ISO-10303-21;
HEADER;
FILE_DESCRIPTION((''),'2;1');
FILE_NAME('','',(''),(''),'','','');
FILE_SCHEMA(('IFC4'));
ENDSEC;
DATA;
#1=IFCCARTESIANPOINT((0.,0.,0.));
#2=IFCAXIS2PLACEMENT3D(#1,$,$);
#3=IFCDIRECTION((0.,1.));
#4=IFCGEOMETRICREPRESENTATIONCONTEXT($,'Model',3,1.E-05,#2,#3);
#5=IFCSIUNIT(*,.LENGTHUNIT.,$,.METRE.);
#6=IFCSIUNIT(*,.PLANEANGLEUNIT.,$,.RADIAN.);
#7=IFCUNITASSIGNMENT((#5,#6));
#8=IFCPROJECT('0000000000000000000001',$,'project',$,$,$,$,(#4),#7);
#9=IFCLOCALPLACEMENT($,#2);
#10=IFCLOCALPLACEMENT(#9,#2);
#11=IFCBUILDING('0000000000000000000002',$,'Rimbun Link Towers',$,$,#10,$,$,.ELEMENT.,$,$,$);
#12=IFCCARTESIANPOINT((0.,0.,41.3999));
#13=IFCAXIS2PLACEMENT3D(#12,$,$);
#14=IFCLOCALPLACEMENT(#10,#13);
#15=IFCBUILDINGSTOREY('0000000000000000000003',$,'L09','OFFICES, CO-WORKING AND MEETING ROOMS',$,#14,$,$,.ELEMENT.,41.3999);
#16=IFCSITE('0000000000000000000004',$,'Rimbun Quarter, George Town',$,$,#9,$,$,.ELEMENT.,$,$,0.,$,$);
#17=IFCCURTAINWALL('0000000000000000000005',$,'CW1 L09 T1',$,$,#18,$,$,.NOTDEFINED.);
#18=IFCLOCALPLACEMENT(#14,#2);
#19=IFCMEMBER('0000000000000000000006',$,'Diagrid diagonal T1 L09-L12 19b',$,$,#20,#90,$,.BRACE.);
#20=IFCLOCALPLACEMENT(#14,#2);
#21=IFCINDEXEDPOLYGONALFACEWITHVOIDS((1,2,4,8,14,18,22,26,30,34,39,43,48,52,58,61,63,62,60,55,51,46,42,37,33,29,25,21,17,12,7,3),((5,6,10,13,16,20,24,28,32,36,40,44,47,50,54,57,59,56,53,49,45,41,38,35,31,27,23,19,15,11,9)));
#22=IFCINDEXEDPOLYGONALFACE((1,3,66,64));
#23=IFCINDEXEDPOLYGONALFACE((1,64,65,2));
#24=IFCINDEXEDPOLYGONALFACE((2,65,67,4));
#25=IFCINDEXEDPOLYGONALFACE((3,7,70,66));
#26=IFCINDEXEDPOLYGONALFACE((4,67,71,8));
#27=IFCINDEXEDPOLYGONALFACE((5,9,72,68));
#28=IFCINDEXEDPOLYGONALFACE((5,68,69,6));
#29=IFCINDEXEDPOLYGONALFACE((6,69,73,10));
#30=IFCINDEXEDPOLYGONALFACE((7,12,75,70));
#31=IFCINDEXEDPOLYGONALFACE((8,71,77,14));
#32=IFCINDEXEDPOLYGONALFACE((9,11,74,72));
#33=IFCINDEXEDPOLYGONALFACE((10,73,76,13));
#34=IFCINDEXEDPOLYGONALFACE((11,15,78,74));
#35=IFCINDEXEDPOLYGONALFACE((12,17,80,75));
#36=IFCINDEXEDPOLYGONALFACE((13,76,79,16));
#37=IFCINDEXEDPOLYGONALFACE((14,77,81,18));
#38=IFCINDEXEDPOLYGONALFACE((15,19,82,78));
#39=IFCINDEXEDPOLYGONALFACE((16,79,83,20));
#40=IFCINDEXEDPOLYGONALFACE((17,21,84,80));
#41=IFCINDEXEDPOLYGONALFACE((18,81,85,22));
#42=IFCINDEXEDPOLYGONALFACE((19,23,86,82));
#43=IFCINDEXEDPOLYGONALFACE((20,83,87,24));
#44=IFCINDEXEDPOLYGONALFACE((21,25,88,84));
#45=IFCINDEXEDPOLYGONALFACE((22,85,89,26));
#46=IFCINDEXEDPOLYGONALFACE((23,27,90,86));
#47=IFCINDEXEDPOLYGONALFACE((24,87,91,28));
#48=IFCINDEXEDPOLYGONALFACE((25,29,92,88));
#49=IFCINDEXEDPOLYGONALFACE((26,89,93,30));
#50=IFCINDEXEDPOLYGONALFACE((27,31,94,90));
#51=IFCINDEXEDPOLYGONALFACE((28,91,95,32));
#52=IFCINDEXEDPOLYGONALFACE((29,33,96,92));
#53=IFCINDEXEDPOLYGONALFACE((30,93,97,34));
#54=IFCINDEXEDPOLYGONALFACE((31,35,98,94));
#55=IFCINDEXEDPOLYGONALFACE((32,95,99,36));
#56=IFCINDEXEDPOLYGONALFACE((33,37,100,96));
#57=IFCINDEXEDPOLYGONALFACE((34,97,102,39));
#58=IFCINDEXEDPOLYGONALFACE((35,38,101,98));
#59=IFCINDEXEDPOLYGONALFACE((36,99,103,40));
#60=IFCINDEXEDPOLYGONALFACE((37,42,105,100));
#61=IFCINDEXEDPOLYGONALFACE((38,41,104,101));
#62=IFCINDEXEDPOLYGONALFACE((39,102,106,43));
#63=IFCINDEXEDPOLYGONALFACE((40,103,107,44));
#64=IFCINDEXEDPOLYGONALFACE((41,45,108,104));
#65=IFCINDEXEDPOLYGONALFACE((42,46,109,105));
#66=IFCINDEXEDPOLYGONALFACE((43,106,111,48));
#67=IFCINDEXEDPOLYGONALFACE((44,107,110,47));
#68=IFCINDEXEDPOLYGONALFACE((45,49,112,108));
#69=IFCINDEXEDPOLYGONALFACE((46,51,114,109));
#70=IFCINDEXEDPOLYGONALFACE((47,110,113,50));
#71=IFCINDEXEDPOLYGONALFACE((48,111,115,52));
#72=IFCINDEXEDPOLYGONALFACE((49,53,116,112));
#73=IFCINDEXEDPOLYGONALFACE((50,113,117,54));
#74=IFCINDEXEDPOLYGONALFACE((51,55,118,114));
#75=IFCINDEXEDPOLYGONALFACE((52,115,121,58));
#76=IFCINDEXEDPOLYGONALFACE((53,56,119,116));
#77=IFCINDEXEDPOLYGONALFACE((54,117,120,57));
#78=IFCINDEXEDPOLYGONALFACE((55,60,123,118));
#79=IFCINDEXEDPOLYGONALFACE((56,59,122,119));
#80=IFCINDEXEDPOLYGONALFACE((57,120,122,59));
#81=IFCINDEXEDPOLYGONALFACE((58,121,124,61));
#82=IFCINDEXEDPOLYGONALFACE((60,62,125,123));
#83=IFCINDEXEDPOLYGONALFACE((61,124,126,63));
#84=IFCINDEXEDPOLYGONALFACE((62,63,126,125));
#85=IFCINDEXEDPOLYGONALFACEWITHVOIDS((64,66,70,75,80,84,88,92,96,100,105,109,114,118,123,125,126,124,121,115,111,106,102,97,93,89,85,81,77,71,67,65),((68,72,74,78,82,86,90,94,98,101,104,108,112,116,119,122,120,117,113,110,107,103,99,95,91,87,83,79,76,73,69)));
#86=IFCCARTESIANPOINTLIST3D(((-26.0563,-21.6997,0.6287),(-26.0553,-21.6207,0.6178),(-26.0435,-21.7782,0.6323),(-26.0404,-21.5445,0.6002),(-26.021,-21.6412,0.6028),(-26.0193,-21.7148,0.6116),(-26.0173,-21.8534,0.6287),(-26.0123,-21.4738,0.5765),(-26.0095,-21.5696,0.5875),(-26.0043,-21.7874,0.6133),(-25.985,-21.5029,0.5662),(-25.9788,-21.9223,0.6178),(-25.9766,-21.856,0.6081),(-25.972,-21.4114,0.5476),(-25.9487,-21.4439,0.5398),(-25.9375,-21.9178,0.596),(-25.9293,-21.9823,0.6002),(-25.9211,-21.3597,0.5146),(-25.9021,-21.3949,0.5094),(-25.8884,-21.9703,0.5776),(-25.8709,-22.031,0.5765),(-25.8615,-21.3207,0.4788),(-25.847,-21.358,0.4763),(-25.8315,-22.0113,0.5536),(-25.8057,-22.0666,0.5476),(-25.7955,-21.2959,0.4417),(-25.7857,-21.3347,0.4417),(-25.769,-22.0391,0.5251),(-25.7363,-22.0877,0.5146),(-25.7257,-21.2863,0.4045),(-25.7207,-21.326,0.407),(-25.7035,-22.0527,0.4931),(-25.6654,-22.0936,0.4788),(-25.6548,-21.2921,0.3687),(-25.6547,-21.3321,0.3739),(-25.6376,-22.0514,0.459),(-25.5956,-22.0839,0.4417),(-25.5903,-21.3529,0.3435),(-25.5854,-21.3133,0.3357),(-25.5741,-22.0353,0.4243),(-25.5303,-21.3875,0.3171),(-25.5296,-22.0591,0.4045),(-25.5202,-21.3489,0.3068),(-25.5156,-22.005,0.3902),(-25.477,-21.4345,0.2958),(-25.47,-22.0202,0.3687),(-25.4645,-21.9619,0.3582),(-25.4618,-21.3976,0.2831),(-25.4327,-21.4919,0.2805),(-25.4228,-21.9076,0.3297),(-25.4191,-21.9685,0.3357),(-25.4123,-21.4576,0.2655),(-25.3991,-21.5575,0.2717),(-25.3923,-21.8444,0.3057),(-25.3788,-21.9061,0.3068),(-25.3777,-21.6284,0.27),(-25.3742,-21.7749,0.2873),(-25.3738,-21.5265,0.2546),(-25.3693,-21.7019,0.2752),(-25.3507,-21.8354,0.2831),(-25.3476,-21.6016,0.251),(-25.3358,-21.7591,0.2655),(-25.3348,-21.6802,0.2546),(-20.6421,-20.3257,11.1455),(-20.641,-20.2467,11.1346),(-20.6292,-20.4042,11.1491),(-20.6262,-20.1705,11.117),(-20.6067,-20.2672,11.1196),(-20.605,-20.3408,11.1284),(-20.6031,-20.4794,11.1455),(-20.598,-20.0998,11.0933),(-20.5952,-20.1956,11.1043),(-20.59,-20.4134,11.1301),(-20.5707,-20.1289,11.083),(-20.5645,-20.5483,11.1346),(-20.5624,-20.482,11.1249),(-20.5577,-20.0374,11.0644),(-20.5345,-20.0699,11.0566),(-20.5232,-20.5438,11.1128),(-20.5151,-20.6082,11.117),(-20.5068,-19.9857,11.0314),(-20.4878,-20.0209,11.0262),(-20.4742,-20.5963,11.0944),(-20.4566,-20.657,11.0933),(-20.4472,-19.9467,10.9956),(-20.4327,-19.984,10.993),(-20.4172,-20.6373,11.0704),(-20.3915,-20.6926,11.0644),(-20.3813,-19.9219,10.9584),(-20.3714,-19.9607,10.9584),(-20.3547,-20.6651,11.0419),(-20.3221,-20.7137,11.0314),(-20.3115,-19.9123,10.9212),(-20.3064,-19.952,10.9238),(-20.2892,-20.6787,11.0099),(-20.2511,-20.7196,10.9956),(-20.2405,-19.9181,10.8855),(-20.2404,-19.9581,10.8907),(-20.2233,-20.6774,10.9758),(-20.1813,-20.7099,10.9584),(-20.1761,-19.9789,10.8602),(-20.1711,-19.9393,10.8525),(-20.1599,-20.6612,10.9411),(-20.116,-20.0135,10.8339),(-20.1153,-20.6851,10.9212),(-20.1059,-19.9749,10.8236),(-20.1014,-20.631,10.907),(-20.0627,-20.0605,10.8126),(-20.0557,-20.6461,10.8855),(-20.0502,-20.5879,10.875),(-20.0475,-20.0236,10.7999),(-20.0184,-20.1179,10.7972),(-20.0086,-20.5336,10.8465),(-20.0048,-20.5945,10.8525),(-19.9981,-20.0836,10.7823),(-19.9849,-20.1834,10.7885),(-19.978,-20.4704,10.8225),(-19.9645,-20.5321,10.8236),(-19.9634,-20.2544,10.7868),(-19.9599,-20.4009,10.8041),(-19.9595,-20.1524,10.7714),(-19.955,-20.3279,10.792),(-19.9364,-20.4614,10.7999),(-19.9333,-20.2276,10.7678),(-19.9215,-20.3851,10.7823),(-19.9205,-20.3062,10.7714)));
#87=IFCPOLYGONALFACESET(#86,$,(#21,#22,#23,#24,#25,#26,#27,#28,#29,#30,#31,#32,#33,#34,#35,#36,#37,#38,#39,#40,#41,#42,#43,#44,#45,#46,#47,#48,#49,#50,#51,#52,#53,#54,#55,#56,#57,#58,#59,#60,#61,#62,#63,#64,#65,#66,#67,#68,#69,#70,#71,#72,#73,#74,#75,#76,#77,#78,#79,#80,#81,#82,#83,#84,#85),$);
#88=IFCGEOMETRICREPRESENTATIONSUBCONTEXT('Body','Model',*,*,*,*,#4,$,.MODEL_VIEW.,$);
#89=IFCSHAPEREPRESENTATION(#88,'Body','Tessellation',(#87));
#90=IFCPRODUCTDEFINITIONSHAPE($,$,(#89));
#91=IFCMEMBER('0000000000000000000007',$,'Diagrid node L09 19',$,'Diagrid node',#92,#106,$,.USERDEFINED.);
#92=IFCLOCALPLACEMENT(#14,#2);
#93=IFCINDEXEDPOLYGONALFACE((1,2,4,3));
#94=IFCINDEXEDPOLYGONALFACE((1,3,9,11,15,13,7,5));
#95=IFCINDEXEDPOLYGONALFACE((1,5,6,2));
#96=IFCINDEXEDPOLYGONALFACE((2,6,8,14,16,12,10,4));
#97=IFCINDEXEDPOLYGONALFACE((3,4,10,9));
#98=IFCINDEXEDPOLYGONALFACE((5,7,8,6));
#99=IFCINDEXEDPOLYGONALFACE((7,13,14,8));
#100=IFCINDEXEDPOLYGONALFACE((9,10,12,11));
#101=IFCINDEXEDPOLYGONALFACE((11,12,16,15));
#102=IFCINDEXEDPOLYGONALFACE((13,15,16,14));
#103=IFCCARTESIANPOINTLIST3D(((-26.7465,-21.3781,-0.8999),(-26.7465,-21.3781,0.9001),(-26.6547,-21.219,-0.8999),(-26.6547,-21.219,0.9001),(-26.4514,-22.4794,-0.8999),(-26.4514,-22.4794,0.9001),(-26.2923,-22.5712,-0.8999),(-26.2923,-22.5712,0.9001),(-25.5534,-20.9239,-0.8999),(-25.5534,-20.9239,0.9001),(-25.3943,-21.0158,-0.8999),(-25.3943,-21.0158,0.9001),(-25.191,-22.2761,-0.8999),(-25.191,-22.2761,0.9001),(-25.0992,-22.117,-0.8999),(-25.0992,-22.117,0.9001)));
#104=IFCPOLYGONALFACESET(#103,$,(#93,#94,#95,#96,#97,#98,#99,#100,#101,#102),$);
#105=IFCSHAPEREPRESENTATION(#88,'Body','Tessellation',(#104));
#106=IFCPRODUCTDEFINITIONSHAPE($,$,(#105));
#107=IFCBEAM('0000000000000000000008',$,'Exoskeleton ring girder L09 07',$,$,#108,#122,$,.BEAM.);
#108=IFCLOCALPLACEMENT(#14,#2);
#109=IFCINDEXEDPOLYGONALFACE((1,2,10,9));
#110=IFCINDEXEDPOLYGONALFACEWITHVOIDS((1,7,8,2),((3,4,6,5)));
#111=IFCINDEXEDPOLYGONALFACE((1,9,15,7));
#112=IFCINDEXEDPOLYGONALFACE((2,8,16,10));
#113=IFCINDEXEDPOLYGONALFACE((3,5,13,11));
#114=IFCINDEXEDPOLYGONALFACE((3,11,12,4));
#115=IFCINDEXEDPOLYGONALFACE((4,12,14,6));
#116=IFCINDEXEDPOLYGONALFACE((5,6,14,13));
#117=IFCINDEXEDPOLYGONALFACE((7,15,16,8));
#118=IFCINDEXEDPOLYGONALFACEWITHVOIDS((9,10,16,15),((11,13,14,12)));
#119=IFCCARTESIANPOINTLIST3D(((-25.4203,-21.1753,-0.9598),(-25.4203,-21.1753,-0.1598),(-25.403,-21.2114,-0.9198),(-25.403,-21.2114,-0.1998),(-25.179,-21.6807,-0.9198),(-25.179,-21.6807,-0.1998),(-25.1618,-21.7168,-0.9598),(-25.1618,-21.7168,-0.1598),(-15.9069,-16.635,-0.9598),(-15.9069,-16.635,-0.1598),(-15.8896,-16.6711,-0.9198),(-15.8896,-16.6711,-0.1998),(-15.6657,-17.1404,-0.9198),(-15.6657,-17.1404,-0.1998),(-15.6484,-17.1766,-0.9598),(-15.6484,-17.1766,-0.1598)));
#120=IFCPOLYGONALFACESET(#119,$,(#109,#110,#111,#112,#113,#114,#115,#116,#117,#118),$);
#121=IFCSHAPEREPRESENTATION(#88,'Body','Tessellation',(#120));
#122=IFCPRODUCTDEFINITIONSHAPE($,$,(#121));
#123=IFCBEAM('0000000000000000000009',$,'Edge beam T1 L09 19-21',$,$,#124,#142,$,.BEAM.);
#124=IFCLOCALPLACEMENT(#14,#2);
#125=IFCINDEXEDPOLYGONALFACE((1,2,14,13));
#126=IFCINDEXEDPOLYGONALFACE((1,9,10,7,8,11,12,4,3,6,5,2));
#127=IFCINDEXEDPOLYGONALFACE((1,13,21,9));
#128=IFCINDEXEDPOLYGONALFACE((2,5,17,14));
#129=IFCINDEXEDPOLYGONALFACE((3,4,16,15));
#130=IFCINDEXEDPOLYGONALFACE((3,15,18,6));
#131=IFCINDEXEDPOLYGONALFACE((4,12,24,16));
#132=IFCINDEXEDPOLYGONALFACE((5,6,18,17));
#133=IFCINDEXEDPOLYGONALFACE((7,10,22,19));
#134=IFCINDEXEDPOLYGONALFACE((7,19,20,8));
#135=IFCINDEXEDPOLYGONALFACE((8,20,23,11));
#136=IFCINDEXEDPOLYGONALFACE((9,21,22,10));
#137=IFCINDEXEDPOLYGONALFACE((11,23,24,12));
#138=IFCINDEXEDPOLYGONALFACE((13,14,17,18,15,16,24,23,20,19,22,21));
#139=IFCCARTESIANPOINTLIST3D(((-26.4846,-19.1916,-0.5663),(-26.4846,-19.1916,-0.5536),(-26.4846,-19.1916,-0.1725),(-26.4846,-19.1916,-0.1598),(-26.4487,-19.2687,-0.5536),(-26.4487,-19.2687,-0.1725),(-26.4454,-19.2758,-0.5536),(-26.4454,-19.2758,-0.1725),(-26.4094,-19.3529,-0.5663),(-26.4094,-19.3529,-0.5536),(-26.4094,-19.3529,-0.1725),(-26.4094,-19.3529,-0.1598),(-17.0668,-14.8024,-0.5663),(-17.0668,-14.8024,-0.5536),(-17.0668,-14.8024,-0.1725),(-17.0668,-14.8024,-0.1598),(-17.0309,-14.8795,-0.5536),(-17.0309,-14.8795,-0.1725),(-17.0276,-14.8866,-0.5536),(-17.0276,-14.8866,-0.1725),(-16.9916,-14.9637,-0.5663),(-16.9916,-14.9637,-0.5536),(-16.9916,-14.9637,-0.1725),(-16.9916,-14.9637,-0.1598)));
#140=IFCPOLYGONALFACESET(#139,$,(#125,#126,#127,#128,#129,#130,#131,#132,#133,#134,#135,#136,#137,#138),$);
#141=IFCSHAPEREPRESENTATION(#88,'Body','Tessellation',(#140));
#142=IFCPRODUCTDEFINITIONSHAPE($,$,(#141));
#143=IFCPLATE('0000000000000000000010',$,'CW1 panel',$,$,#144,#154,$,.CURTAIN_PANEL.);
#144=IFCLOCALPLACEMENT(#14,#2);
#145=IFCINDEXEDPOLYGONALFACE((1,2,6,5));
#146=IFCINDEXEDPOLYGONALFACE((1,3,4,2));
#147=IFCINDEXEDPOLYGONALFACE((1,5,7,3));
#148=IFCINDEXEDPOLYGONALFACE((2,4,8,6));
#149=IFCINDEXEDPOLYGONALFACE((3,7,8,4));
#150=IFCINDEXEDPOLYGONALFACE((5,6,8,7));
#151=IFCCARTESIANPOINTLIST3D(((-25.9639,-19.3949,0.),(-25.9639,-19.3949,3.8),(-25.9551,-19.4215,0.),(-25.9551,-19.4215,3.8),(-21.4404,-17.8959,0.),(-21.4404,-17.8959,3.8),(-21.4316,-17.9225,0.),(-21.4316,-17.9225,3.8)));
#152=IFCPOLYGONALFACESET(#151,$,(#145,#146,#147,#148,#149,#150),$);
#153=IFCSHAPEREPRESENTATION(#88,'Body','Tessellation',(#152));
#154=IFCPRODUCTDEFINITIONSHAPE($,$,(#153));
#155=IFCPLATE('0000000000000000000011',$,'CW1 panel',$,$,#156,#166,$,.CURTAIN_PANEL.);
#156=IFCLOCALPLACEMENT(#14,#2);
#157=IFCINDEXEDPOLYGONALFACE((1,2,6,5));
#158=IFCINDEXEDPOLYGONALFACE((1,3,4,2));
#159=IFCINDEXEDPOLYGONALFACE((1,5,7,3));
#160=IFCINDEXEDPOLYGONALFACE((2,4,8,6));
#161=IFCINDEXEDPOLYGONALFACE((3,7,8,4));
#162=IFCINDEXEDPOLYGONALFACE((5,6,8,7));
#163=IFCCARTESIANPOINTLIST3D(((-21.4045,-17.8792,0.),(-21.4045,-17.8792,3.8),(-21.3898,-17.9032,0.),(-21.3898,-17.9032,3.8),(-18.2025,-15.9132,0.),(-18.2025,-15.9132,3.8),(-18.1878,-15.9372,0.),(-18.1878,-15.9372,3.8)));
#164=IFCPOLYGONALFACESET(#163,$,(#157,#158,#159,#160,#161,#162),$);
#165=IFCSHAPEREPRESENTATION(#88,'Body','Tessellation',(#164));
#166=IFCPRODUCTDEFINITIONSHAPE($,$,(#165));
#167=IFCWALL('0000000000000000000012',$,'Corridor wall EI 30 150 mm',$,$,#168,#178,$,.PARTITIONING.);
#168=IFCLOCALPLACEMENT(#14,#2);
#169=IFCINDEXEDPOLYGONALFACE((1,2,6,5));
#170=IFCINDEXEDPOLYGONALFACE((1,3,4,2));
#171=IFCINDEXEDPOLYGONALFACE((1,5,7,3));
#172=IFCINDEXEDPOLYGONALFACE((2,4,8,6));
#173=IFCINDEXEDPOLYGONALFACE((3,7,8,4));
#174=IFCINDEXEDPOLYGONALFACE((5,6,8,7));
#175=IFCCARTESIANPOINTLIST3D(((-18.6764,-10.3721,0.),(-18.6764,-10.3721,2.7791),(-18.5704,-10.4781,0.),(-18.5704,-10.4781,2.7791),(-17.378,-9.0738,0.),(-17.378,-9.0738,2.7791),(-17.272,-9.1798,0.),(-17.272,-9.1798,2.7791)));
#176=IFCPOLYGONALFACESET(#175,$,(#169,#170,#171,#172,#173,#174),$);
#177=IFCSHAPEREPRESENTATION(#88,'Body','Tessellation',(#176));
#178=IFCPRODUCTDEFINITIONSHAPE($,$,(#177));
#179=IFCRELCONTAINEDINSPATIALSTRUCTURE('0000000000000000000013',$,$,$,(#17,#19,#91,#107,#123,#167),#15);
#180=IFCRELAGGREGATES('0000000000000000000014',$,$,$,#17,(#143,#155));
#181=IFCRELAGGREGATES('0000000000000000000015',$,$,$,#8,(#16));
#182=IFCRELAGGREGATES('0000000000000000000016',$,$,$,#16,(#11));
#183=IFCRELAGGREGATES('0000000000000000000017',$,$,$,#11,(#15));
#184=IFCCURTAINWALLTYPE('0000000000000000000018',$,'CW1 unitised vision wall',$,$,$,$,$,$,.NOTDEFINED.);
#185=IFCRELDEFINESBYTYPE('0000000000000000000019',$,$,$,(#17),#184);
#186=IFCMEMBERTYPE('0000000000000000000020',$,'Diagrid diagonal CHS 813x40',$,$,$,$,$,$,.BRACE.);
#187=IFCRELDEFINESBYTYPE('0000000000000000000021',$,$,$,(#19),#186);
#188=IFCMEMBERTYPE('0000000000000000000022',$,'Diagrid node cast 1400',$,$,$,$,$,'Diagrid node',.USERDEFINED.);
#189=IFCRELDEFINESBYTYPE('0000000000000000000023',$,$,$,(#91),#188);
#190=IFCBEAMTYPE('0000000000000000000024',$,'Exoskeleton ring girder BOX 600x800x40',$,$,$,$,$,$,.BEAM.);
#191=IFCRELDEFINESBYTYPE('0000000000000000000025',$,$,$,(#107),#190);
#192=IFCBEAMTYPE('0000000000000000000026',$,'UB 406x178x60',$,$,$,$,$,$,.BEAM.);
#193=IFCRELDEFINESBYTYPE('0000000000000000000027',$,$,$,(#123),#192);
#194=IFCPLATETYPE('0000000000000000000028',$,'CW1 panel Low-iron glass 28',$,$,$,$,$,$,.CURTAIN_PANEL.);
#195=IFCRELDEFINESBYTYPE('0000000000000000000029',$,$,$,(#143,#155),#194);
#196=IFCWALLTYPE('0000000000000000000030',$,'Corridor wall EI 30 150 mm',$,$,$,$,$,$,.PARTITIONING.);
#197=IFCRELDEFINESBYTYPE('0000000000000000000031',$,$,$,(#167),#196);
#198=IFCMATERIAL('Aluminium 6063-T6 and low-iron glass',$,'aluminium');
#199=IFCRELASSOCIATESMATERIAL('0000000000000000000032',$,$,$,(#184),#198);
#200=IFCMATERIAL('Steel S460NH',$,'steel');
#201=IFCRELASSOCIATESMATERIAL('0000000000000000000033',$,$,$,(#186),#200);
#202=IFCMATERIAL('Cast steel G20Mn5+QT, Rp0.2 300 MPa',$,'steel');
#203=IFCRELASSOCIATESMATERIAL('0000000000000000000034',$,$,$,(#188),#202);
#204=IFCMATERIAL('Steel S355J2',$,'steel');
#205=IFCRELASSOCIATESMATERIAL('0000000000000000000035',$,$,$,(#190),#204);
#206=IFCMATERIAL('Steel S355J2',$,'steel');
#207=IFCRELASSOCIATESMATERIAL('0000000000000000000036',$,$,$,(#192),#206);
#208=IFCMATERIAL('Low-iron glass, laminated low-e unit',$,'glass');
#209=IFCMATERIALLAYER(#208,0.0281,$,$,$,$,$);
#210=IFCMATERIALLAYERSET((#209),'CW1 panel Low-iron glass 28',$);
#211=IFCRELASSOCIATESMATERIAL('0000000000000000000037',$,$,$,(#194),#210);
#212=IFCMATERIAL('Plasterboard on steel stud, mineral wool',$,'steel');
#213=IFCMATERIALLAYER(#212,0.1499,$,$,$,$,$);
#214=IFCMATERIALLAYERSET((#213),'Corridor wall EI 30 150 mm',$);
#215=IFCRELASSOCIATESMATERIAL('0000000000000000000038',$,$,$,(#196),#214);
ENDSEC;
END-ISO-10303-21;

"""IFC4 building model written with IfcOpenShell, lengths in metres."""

from ifc_helpers import new_model, si_unit, direction, frame, frame_2d, origin, origin_2d, place, context, subcontext, project, spatial, polyline, rectangle, hollow_rectangle, hollow_circle, i_section, outline, extrude, material, layer, layer_set, material_profile, profile_set, type_object, element, aggregate, save


model = new_model("IFC4")

# Units and contexts
model_context = context("Model", 3, precision=1e-05, world=origin(), true_north=direction((0.0, 1.0)))
body_context = subcontext(model_context, "Body", "Model", "MODEL_VIEW")
ifc_project = project(units=[si_unit("LENGTHUNIT", "METRE"), si_unit("PLANEANGLEUNIT", "RADIAN")], contexts=[model_context])

# Site, building, storey
site_placement = place(None, origin())
site = spatial("IfcSite", under=ifc_project, at=site_placement, Name="Rimbun Quarter, George Town", CompositionType="ELEMENT", RefElevation=0.0)
building_placement = place(site_placement, origin())
building = spatial("IfcBuilding", under=site, at=building_placement, Name="Rimbun Link Towers", CompositionType="ELEMENT")
storey_placement = place(building_placement, frame((0.0, 0.0, 41.3999)))
storey = spatial("IfcBuildingStorey", under=building, at=storey_placement, Name="L09", Description="OFFICES, CO-WORKING AND MEETING ROOMS", CompositionType="ELEMENT", Elevation=41.3999)

# Curtain wall
ifc_material_1 = material(Name="Aluminium 6063-T6 and low-iron glass", Category="aluminium")
curtain_wall_type = type_object("IfcCurtainWallType", Name="CW1 unitised vision wall", PredefinedType="NOTDEFINED", material=ifc_material_1)
curtain_wall_placement = place(storey_placement, origin())
curtain_wall = element("IfcCurtainWall", 1, at=curtain_wall_placement, inside=storey, type_object=curtain_wall_type, Name="CW1 L09 T1", PredefinedType="NOTDEFINED")

# Members
ifc_material_2 = material(Name="Steel S460NH", Category="steel")
ifc_material_profile_1 = material_profile(ifc_material_2, hollow_circle(Radius=0.4065, WallThickness=0.04, at=origin_2d()), Name="Diagrid diagonal CHS 813x40")
ifc_profile_set_1 = profile_set([ifc_material_profile_1], Name="Steel S460NH")
member_type_1 = type_object("IfcMemberType", Name="Diagrid diagonal CHS 813x40", PredefinedType="BRACE", material=ifc_profile_set_1)
member_1_placement = place(storey_placement, frame((-25.6956, -21.6899, 0.4417), z_axis=(0.454668, 0.115384, 0.883155), x_axis=(-0.245979, 0.969275, 0.0)))
element("IfcMember", 2, at=member_1_placement, inside=storey, type_object=member_type_1, Name="Diagrid diagonal T1 L09-L12 19b", PredefinedType="BRACE", context=body_context, shape_type="SweptSolid", body=[
    extrude(hollow_circle(Radius=0.4065, WallThickness=0.04, at=origin_2d()), origin(), (0.0, 0.0, 1.0), 11.9082),
])
ifc_material_3 = material(Name="Cast steel G20Mn5+QT, Rp0.2 300 MPa", Category="steel")
ifc_material_profile_2 = material_profile(ifc_material_3, outline(polyline([(0.7, -0.5701), (0.7, 0.5701), (0.5701, 0.7), (-0.5701, 0.7), (-0.7, 0.5701), (-0.7, -0.5701), (-0.5701, -0.7), (0.5701, -0.7), (0.7, -0.5701)])), Name="NODE 1400x1400")
ifc_profile_set_2 = profile_set([ifc_material_profile_2], Name="Cast steel G20Mn5+QT, Rp0.2 300 MPa")
member_type_2 = type_object("IfcMemberType", Name="Diagrid node cast 1400", ElementType="Diagrid node", PredefinedType="USERDEFINED", material=ifc_profile_set_2)
member_2_placement = place(storey_placement, frame((-25.9229, -21.7476, -0.8999), z_axis=(0.0, 0.0, 1.0), x_axis=(0.258819, -0.965926, 0.0)))
element("IfcMember", 3, at=member_2_placement, inside=storey, type_object=member_type_2, Name="Diagrid node L09 19", ObjectType="Diagrid node", PredefinedType="USERDEFINED", context=body_context, shape_type="SweptSolid", body=[
    extrude(outline(polyline([(0.7, -0.5701), (0.7, 0.5701), (0.5701, 0.7), (-0.5701, 0.7), (-0.7, 0.5701), (-0.7, -0.5701), (-0.5701, -0.7), (0.5701, -0.7), (0.7, -0.5701)])), origin(), (0.0, 0.0, 1.0), 1.8),
])

# Beams
ifc_material_4 = material(Name="Steel S355J2", Category="steel")
ifc_material_profile_3 = material_profile(ifc_material_4, hollow_rectangle(XDim=0.6001, YDim=0.8, WallThickness=0.04, at=origin_2d()), Name="Exoskeleton ring girder BOX 600x800x40")
ifc_profile_set_3 = profile_set([ifc_material_profile_3], Name="Steel S355J2")
beam_type_1 = type_object("IfcBeamType", Name="Exoskeleton ring girder BOX 600x800x40", PredefinedType="BEAM", material=ifc_profile_set_3)
beam_1_placement = place(storey_placement, frame((-25.291, -21.446, -0.5598), z_axis=(0.902489, 0.430713, 0.0), x_axis=(-0.430713, 0.902489, 0.0)))
element("IfcBeam", 4, at=beam_1_placement, inside=storey, type_object=beam_type_1, Name="Exoskeleton ring girder L09 07", PredefinedType="BEAM", context=body_context, shape_type="SweptSolid", body=[
    extrude(hollow_rectangle(XDim=0.6001, YDim=0.8, WallThickness=0.04, at=origin_2d()), origin(), (0.0, 0.0, 1.0), 10.5413),
])
ifc_material_5 = material(Name="Steel S355J2", Category="steel")
ifc_material_profile_4 = material_profile(ifc_material_5, i_section(OverallWidth=0.178, OverallDepth=0.4065, WebThickness=0.0078, FlangeThickness=0.0127, at=origin_2d()), Name="UB 406x178x60")
ifc_profile_set_4 = profile_set([ifc_material_profile_4], Name="Steel S355J2")
beam_type_2 = type_object("IfcBeamType", Name="UB 406x178x60", PredefinedType="BEAM", material=ifc_profile_set_4)
beam_2_placement = place(storey_placement, frame((-26.447, -19.2722, -0.363), z_axis=(0.906396, 0.422429, 0.0), x_axis=(-0.422429, 0.906396, 0.0)))
element("IfcBeam", 5, at=beam_2_placement, inside=storey, type_object=beam_type_2, Name="Edge beam T1 L09 19-21", PredefinedType="BEAM", context=body_context, shape_type="SweptSolid", body=[
    extrude(i_section(OverallWidth=0.178, OverallDepth=0.4065, WebThickness=0.0078, FlangeThickness=0.0127, at=origin_2d()), origin(), (0.0, 0.0, 1.0), 10.3904),
])

# Plates
ifc_material_6 = material(Name="Low-iron glass, laminated low-e unit", Category="glass")
ifc_layer_1 = layer(ifc_material_6, 0.0281)
ifc_layer_set_1 = layer_set([ifc_layer_1], Name="CW1 panel Low-iron glass 28")
plate_type = type_object("IfcPlateType", Name="CW1 panel Low-iron glass 28", PredefinedType="CURTAIN_PANEL", material=ifc_layer_set_1)
plate_1_placement = place(storey_placement, frame((-23.6978, -18.6587, 0.0), z_axis=(0.0, 0.0, 1.0), x_axis=(-0.949238, -0.314558, 0.0)))
plate_1 = element("IfcPlate", 6, at=plate_1_placement, type_object=plate_type, Name="CW1 panel", PredefinedType="CURTAIN_PANEL", context=body_context, shape_type="SweptSolid", body=[
    extrude(rectangle(XDim=4.7654, YDim=0.0281, at=origin_2d()), origin(), (0.0, 0.0, 1.0), 3.8),
])
plate_2_placement = place(storey_placement, frame((-19.7961, -16.9082, 0.0), z_axis=(0.0, 0.0, 1.0), x_axis=(-0.852185, -0.523241, 0.0)))
plate_2 = element("IfcPlate", 7, at=plate_2_placement, type_object=plate_type, Name="CW1 panel", PredefinedType="CURTAIN_PANEL", context=body_context, shape_type="SweptSolid", body=[
    extrude(rectangle(XDim=3.7573, YDim=0.0281, at=origin_2d()), origin(), (0.0, 0.0, 1.0), 3.8),
])
aggregate(curtain_wall, [plate_1, plate_2])

# Wall
ifc_material_7 = material(Name="Plasterboard on steel stud, mineral wool", Category="steel")
ifc_layer_2 = layer(ifc_material_7, 0.1499)
ifc_layer_set_2 = layer_set([ifc_layer_2], Name="Corridor wall EI 30 150 mm")
wall_type_1 = type_object("IfcWallType", Name="Corridor wall EI 30 150 mm", PredefinedType="PARTITIONING", material=ifc_layer_set_2)
wall_1_placement = place(storey_placement, frame((-18.6233, -10.425, 0.0), z_axis=(0.0, 0.0, 1.0), x_axis=(0.707107, 0.707107, 0.0)))
element("IfcWall", 8, at=wall_1_placement, inside=storey, type_object=wall_type_1, Name="Corridor wall EI 30 150 mm", PredefinedType="PARTITIONING", context=body_context, shape_type="SweptSolid", body=[
    extrude(rectangle(XDim=1.8362, YDim=0.1499, at=frame_2d((0.918, 0.0))), origin(), (0.0, 0.0, 1.0), 2.7791),
])

save(model, "model.ifc")
